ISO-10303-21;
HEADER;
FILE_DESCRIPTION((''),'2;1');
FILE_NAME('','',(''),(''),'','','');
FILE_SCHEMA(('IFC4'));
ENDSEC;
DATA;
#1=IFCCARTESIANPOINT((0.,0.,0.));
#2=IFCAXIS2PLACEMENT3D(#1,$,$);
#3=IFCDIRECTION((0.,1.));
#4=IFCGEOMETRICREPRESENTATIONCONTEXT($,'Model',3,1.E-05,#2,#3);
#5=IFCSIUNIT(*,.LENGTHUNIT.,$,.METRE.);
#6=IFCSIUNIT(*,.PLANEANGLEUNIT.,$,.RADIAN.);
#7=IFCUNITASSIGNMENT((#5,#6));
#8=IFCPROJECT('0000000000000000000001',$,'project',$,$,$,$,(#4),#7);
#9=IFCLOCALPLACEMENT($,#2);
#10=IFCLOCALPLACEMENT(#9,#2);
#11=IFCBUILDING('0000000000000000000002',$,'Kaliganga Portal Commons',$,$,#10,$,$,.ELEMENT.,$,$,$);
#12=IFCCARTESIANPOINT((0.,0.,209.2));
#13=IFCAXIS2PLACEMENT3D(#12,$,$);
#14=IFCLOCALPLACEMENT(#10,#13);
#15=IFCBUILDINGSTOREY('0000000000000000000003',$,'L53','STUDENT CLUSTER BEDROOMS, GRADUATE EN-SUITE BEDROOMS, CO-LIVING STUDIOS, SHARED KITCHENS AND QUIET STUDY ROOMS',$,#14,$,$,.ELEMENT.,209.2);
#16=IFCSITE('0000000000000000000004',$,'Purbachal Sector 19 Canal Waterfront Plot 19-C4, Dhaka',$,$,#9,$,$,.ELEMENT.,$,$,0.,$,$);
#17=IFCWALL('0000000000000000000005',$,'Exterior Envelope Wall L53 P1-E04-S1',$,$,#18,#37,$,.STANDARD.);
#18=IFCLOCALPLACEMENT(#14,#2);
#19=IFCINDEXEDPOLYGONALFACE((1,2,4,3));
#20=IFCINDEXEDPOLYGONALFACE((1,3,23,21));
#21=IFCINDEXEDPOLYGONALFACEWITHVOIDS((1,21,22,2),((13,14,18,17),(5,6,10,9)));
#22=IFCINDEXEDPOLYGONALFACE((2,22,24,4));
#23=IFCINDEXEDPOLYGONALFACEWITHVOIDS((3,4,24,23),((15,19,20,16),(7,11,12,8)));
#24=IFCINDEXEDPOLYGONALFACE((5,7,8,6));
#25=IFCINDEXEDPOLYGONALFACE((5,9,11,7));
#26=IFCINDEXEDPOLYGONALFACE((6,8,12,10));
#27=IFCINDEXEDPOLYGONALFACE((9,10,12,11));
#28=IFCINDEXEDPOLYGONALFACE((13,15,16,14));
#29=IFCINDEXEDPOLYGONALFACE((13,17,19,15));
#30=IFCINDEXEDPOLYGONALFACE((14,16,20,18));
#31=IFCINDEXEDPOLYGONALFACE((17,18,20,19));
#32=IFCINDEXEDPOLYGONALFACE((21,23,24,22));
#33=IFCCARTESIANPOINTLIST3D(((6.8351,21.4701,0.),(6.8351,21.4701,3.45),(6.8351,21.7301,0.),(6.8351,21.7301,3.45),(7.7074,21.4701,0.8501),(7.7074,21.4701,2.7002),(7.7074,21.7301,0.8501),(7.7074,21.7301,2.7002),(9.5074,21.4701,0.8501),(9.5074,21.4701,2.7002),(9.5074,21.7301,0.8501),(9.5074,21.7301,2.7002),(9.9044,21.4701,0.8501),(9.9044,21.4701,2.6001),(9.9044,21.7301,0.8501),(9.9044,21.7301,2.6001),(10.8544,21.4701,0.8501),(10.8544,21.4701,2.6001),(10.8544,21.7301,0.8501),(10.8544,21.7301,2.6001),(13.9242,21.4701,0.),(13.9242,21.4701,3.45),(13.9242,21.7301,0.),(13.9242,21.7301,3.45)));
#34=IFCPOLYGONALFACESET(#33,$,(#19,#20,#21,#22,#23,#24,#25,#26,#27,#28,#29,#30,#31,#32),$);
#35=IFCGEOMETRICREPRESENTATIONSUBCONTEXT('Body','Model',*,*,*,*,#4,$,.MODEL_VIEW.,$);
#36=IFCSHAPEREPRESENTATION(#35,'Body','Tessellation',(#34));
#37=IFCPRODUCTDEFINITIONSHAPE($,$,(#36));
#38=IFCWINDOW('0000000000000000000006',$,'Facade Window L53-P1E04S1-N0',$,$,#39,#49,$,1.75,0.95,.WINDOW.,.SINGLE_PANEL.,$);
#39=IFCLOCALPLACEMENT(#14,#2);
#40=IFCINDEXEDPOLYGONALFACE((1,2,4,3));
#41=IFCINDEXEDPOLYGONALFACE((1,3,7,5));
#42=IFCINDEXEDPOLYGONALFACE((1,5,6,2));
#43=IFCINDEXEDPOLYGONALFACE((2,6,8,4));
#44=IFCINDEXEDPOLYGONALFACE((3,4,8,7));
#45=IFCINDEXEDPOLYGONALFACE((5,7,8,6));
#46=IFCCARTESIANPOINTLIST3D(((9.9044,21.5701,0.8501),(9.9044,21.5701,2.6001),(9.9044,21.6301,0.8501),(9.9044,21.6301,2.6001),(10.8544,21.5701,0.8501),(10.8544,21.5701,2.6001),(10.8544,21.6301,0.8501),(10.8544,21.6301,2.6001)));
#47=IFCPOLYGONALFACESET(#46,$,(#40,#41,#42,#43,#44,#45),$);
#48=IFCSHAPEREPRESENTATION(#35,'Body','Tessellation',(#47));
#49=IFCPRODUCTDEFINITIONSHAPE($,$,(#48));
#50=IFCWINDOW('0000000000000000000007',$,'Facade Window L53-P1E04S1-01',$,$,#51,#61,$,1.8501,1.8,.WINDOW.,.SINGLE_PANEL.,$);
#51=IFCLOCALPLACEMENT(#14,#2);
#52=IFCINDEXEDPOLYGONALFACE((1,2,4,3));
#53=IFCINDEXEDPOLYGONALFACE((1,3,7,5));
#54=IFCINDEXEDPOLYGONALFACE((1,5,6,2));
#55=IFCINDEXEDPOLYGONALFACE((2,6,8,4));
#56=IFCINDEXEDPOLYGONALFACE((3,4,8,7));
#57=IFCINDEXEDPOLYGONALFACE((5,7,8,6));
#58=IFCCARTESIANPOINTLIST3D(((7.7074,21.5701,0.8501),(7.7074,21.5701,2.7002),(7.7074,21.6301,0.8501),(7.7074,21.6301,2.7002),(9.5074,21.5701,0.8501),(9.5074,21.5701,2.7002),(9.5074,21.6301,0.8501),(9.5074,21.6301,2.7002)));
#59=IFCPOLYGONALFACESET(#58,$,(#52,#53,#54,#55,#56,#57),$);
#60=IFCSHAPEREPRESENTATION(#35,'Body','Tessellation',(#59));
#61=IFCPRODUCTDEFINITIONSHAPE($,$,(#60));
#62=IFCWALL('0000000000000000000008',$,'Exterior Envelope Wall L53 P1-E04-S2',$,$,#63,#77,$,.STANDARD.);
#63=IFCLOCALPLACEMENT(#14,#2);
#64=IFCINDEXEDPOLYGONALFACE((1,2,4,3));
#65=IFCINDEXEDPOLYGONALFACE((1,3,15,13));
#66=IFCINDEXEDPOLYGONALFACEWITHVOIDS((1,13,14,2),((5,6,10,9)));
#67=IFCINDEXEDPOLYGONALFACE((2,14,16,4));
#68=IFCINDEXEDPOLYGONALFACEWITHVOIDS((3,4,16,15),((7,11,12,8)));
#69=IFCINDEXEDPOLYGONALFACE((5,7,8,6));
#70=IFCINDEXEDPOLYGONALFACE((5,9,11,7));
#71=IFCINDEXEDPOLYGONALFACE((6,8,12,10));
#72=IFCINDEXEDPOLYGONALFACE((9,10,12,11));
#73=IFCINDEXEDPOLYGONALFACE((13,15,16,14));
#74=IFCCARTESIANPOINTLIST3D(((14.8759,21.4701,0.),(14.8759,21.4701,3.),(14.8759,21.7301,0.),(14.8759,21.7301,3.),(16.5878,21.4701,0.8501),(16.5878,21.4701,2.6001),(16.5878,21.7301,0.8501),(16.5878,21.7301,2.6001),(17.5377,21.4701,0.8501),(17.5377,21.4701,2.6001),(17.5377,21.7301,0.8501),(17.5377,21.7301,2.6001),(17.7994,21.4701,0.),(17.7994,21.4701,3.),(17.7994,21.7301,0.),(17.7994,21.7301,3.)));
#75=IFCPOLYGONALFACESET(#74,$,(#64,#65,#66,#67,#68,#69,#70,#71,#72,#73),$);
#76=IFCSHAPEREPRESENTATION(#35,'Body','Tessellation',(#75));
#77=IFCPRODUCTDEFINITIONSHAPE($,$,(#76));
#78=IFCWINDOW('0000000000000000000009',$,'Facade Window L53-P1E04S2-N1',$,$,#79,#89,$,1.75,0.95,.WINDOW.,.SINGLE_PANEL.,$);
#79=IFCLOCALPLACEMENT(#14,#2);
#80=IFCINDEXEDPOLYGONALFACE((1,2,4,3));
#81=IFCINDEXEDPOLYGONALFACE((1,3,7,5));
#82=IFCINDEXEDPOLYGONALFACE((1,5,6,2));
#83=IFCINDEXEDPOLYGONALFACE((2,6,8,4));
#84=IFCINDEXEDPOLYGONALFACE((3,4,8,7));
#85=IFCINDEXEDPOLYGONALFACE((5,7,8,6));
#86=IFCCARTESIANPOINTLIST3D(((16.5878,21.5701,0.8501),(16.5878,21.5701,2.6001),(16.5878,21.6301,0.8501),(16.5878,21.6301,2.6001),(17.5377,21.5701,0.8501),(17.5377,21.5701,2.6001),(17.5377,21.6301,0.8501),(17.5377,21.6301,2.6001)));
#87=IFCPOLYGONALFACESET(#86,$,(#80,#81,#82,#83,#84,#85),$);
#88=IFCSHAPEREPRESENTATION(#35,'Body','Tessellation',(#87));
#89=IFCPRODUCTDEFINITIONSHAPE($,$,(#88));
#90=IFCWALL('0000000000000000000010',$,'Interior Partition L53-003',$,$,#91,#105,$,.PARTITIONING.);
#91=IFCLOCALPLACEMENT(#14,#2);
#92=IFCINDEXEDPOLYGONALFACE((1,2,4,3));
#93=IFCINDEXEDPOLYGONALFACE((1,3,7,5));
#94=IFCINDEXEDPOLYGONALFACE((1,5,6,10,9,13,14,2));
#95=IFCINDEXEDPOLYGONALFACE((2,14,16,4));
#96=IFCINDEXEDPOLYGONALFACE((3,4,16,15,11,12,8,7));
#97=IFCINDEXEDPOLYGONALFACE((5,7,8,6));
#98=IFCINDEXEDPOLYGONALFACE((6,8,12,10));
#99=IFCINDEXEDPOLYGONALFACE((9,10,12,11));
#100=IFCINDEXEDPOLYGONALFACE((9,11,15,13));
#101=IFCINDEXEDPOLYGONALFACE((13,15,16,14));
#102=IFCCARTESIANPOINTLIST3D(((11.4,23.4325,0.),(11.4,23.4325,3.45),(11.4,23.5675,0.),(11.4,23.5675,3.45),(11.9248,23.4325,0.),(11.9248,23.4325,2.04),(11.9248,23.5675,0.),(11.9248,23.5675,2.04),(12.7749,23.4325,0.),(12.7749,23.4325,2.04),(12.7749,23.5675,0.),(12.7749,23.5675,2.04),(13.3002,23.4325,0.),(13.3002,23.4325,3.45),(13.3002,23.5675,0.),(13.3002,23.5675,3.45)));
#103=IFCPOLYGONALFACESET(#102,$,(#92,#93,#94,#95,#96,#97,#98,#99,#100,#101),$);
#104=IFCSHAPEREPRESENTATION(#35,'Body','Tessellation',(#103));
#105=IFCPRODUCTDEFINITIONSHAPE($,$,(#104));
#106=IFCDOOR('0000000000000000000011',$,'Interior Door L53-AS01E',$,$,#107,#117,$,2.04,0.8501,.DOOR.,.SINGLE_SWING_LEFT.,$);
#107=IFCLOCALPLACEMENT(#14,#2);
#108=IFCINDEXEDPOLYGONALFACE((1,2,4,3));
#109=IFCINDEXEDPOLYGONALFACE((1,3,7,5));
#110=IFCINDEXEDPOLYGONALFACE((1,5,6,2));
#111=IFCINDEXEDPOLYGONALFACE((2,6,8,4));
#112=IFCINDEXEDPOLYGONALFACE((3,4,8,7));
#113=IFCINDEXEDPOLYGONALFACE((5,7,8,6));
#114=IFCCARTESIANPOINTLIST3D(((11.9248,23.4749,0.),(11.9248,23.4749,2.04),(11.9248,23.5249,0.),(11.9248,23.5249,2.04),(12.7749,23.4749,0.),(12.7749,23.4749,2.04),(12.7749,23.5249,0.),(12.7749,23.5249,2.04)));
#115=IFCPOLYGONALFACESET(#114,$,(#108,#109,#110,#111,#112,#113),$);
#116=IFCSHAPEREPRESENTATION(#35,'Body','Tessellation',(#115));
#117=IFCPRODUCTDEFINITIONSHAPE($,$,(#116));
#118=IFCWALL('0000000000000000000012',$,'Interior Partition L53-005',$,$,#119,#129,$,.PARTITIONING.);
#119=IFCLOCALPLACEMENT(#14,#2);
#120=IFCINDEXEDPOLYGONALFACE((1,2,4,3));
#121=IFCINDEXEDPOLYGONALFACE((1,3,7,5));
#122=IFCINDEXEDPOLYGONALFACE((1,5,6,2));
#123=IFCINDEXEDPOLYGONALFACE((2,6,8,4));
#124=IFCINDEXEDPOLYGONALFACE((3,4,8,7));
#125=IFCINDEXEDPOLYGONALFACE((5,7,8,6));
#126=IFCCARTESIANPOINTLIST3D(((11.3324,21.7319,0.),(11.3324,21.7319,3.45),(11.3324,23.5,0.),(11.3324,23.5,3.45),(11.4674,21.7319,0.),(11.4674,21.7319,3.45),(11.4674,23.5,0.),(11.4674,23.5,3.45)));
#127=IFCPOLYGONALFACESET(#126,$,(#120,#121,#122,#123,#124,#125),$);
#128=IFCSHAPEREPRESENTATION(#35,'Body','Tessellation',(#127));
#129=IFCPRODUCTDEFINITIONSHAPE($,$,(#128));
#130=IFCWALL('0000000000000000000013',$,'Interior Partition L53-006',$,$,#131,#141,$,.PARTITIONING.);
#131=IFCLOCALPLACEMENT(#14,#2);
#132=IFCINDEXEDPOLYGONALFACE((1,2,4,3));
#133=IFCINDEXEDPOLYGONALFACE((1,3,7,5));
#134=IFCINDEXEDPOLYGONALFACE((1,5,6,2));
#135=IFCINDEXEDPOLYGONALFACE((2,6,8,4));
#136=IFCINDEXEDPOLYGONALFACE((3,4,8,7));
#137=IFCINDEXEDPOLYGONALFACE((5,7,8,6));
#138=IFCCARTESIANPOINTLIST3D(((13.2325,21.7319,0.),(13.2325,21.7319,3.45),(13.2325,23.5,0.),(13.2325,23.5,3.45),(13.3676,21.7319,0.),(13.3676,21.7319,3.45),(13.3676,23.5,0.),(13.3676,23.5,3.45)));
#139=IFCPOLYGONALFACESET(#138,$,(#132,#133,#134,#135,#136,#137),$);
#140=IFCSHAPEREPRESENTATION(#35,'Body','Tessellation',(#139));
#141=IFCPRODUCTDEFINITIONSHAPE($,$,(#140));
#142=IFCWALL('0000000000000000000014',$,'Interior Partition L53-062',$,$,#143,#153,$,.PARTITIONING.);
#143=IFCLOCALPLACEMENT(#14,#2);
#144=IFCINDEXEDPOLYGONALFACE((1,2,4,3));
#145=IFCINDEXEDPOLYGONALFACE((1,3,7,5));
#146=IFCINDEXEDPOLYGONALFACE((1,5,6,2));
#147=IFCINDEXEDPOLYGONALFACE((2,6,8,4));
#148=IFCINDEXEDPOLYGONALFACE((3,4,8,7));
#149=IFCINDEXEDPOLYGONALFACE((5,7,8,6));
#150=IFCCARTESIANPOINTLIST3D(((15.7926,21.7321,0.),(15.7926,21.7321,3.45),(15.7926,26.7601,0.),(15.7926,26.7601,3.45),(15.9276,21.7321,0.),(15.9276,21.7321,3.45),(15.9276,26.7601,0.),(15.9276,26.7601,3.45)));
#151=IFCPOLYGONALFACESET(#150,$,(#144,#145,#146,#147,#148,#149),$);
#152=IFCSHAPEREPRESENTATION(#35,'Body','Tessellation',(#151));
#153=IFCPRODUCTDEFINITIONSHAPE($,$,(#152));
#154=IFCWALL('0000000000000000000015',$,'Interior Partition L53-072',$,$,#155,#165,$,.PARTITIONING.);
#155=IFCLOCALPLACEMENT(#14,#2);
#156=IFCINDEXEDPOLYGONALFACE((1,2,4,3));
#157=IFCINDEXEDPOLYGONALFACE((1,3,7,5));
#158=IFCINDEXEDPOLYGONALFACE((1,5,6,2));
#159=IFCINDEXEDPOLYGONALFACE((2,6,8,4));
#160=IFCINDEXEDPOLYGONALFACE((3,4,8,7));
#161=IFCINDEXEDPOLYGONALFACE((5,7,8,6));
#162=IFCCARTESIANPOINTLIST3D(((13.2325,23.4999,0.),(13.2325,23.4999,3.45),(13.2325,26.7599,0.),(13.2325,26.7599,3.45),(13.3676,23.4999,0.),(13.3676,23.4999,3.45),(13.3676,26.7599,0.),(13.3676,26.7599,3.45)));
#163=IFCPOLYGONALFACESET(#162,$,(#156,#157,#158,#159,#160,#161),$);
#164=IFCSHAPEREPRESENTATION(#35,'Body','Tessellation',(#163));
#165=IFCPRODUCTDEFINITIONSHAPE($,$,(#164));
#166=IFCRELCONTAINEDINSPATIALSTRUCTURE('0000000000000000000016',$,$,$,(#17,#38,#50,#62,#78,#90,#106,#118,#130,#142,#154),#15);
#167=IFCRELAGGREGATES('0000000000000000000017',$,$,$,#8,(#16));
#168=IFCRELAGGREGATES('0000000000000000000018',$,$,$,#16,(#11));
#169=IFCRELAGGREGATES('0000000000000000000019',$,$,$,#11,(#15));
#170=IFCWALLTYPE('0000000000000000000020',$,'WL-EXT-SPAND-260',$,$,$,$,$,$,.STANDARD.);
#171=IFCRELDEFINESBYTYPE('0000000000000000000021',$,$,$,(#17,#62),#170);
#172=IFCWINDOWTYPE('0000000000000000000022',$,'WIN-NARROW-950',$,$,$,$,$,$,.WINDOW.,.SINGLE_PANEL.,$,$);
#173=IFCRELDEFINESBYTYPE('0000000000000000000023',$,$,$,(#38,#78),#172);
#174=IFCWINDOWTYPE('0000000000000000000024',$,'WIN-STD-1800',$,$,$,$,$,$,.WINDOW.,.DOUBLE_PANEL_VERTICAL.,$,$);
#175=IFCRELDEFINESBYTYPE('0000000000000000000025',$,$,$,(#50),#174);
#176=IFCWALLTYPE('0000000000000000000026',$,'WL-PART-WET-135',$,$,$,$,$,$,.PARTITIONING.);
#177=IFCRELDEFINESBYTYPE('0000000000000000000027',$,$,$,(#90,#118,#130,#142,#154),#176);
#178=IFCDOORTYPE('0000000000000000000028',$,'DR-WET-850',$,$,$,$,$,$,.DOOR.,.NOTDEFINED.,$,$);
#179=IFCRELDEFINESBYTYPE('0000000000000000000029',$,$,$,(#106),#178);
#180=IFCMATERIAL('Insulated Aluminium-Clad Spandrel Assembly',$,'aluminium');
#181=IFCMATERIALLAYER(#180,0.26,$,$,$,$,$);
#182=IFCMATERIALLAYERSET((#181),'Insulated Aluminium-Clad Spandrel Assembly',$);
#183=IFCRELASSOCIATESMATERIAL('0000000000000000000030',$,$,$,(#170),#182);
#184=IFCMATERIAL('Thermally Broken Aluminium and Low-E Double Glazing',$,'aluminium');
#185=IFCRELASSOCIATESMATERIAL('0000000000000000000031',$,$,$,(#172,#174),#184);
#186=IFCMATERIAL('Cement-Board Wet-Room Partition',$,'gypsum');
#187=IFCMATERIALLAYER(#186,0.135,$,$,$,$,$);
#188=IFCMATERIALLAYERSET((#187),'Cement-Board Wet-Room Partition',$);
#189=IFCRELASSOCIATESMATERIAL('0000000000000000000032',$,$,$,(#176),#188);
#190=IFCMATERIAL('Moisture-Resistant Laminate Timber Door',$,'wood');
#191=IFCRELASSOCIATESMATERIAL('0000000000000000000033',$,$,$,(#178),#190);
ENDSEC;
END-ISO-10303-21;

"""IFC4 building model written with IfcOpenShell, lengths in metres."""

from ifc_helpers import new_model, si_unit, direction, frame, frame_2d, origin, place, context, subcontext, project, spatial, rectangle, extrude, material, layer, layer_set, type_object, element, fill, save


model = new_model("IFC4")

# Units and contexts
model_context = context("Model", 3, precision=1e-05, world=origin(), true_north=direction((0.0, 1.0)))
body_context = subcontext(model_context, "Body", "Model", "MODEL_VIEW")
ifc_project = project(units=[si_unit("LENGTHUNIT", "METRE"), si_unit("PLANEANGLEUNIT", "RADIAN")], contexts=[model_context])

# Site, building, storey
site_placement = place(None, origin())
site = spatial("IfcSite", under=ifc_project, at=site_placement, Name="Purbachal Sector 19 Canal Waterfront Plot 19-C4, Dhaka", CompositionType="ELEMENT", RefElevation=0.0)
building_placement = place(site_placement, origin())
building = spatial("IfcBuilding", under=site, at=building_placement, Name="Kaliganga Portal Commons", CompositionType="ELEMENT")
storey_placement = place(building_placement, frame((0.0, 0.0, 209.2)))
storey = spatial("IfcBuildingStorey", under=building, at=storey_placement, Name="L53", Description="STUDENT CLUSTER BEDROOMS, GRADUATE EN-SUITE BEDROOMS, CO-LIVING STUDIOS, SHARED KITCHENS AND QUIET STUDY ROOMS", CompositionType="ELEMENT", Elevation=209.2)

# Wall, openings, windows
ifc_material_1 = material(Name="Insulated Aluminium-Clad Spandrel Assembly", Category="aluminium")
ifc_layer_1 = layer(ifc_material_1, 0.26)
ifc_layer_set_1 = layer_set([ifc_layer_1], Name="Insulated Aluminium-Clad Spandrel Assembly")
wall_type_1 = type_object("IfcWallType", Name="WL-EXT-SPAND-260", PredefinedType="STANDARD", material=ifc_layer_set_1)
ifc_material_2 = material(Name="Thermally Broken Aluminium and Low-E Double Glazing", Category="aluminium")
window_type_1 = type_object("IfcWindowType", Name="WIN-NARROW-950", PartitioningType="SINGLE_PANEL", PredefinedType="WINDOW", material=ifc_material_2)
window_type_2 = type_object("IfcWindowType", Name="WIN-STD-1800", PartitioningType="DOUBLE_PANEL_VERTICAL", PredefinedType="WINDOW", material=ifc_material_2)
wall_1_placement = place(storey_placement, frame((13.9241, 21.6001, 0.0), z_axis=(0.0, 0.0, 1.0), x_axis=(-1.0, 0.0, 0.0)))
wall_1 = element("IfcWall", 1, at=wall_1_placement, inside=storey, type_object=wall_type_1, Name="Exterior Envelope Wall L53 P1-E04-S1", PredefinedType="STANDARD", context=body_context, shape_type="SweptSolid", body=[
    extrude(rectangle(XDim=7.0891, YDim=0.26, at=frame_2d((3.5444, 0.0))), origin(), (0.0, 0.0, 1.0), 3.45),
])
opening_1_placement = place(wall_1_placement, frame((4.4167, 0.0, 0.8501)))
opening_1 = element("IfcOpeningElement", 2, at=opening_1_placement, cuts=wall_1, PredefinedType="OPENING", context=body_context, shape_type="SweptSolid", body=[
    extrude(rectangle(XDim=1.8, YDim=1.8501, at=frame_2d((0.8999, 0.925))), frame((0.0, 0.1401, 0.0), z_axis=(0.0, -1.0, 0.0), x_axis=(1.0, 0.0, 0.0)), (0.0, 0.0, 1.0), 0.28),
])
opening_2_placement = place(wall_1_placement, frame((3.0696, 0.0, 0.8501)))
opening_2 = element("IfcOpeningElement", 3, at=opening_2_placement, cuts=wall_1, PredefinedType="OPENING", context=body_context, shape_type="SweptSolid", body=[
    extrude(rectangle(XDim=0.95, YDim=1.75, at=frame_2d((0.4751, 0.875))), frame((0.0, 0.1401, 0.0), z_axis=(0.0, -1.0, 0.0), x_axis=(1.0, 0.0, 0.0)), (0.0, 0.0, 1.0), 0.28),
])
window_1_placement = place(opening_2_placement, origin())
window_1 = element("IfcWindow", 4, at=window_1_placement, inside=storey, type_object=window_type_1, Name="Facade Window L53-P1E04S1-N0", OverallHeight=1.75, OverallWidth=0.95, PartitioningType="SINGLE_PANEL", PredefinedType="WINDOW", context=body_context, shape_type="SweptSolid", body=[
    extrude(rectangle(XDim=0.95, YDim=1.75, at=frame_2d((0.4751, 0.875))), frame((0.0, 0.03, 0.0), z_axis=(0.0, -1.0, 0.0), x_axis=(1.0, 0.0, 0.0)), (0.0, 0.0, 1.0), 0.0601),
])
fill(opening_2, window_1)
window_2_placement = place(opening_1_placement, origin())
window_2 = element("IfcWindow", 5, at=window_2_placement, inside=storey, type_object=window_type_2, Name="Facade Window L53-P1E04S1-01", OverallHeight=1.8501, OverallWidth=1.8, PartitioningType="SINGLE_PANEL", PredefinedType="WINDOW", context=body_context, shape_type="SweptSolid", body=[
    extrude(rectangle(XDim=1.8, YDim=1.8501, at=frame_2d((0.8999, 0.925))), frame((0.0, 0.03, 0.0), z_axis=(0.0, -1.0, 0.0), x_axis=(1.0, 0.0, 0.0)), (0.0, 0.0, 1.0), 0.0601),
])
fill(opening_1, window_2)

# Wall, opening, window
wall_2_placement = place(storey_placement, frame((17.7996, 21.6001, 0.0), z_axis=(0.0, 0.0, 1.0), x_axis=(-1.0, 0.0, 0.0)))
wall_2 = element("IfcWall", 6, at=wall_2_placement, inside=storey, type_object=wall_type_1, Name="Exterior Envelope Wall L53 P1-E04-S2", PredefinedType="STANDARD", context=body_context, shape_type="SweptSolid", body=[
    extrude(rectangle(XDim=2.9236, YDim=0.26, at=frame_2d((1.4619, 0.0))), origin(), (0.0, 0.0, 1.0), 3.0),
])
opening_3_placement = place(wall_2_placement, frame((0.2617, 0.0, 0.8501)))
opening_3 = element("IfcOpeningElement", 7, at=opening_3_placement, cuts=wall_2, PredefinedType="OPENING", context=body_context, shape_type="SweptSolid", body=[
    extrude(rectangle(XDim=0.95, YDim=1.75, at=frame_2d((0.4751, 0.875))), frame((0.0, 0.1401, 0.0), z_axis=(0.0, -1.0, 0.0), x_axis=(1.0, 0.0, 0.0)), (0.0, 0.0, 1.0), 0.28),
])
window_3_placement = place(opening_3_placement, origin())
window_3 = element("IfcWindow", 8, at=window_3_placement, inside=storey, type_object=window_type_1, Name="Facade Window L53-P1E04S2-N1", OverallHeight=1.75, OverallWidth=0.95, PartitioningType="SINGLE_PANEL", PredefinedType="WINDOW", context=body_context, shape_type="SweptSolid", body=[
    extrude(rectangle(XDim=0.95, YDim=1.75, at=frame_2d((0.4751, 0.875))), frame((0.0, 0.03, 0.0), z_axis=(0.0, -1.0, 0.0), x_axis=(1.0, 0.0, 0.0)), (0.0, 0.0, 1.0), 0.0601),
])
fill(opening_3, window_3)

# Wall, opening, door
ifc_material_3 = material(Name="Cement-Board Wet-Room Partition", Category="gypsum")
ifc_layer_2 = layer(ifc_material_3, 0.135)
ifc_layer_set_2 = layer_set([ifc_layer_2], Name="Cement-Board Wet-Room Partition")
wall_type_2 = type_object("IfcWallType", Name="WL-PART-WET-135", PredefinedType="PARTITIONING", material=ifc_layer_set_2)
wall_3_placement = place(storey_placement, frame((11.3999, 23.5, 0.0), z_axis=(0.0, 0.0, 1.0), x_axis=(1.0, 0.0, 0.0)))
wall_3 = element("IfcWall", 9, at=wall_3_placement, inside=storey, type_object=wall_type_2, Name="Interior Partition L53-003", PredefinedType="PARTITIONING", context=body_context, shape_type="SweptSolid", body=[
    extrude(rectangle(XDim=1.9001, YDim=0.135, at=frame_2d((0.9502, 0.0))), origin(), (0.0, 0.0, 1.0), 3.45),
])
opening_4_placement = place(wall_3_placement, frame((0.5249, 0.0, 0.0)))
opening_4 = element("IfcOpeningElement", 10, at=opening_4_placement, cuts=wall_3, PredefinedType="OPENING", context=body_context, shape_type="SweptSolid", body=[
    extrude(rectangle(XDim=0.8501, YDim=2.04, at=frame_2d((0.425, 1.02))), frame((0.0, 0.0776, 0.0), z_axis=(0.0, -1.0, 0.0), x_axis=(1.0, 0.0, 0.0)), (0.0, 0.0, 1.0), 0.155),
])
ifc_material_4 = material(Name="Moisture-Resistant Laminate Timber Door", Category="wood")
door_type = type_object("IfcDoorType", Name="DR-WET-850", OperationType="NOTDEFINED", PredefinedType="DOOR", material=ifc_material_4)
door_placement = place(opening_4_placement, origin())
door = element("IfcDoor", 11, at=door_placement, inside=storey, type_object=door_type, Name="Interior Door L53-AS01E", OperationType="SINGLE_SWING_LEFT", OverallHeight=2.04, OverallWidth=0.8501, PredefinedType="DOOR", context=body_context, shape_type="SweptSolid", body=[
    extrude(rectangle(XDim=0.8501, YDim=2.04, at=frame_2d((0.425, 1.02))), frame((0.0, 0.0249, 0.0), z_axis=(0.0, -1.0, 0.0), x_axis=(1.0, 0.0, 0.0)), (0.0, 0.0, 1.0), 0.05),
])
fill(opening_4, door)

# Walls
for number, where, z_axis, x_axis, name in (
    (12, (11.3999, 21.7319, 0.0), (0.0, 0.0, 1.0), (0.0, 1.0, 0.0), "Interior Partition L53-005"),
    (13, (13.3, 21.7319, 0.0), (0.0, 0.0, 1.0), (0.0, 1.0, 0.0), "Interior Partition L53-006"),
):
    element("IfcWall", number, at=place(storey_placement, frame(where, z_axis=z_axis, x_axis=x_axis)), inside=storey, type_object=wall_type_2, Name=name, PredefinedType="PARTITIONING", context=body_context, shape_type="SweptSolid", body=[
        extrude(rectangle(XDim=1.7681, YDim=0.135, at=frame_2d((0.884, 0.0))), origin(), (0.0, 0.0, 1.0), 3.45),
    ])
wall_4_placement = place(storey_placement, frame((15.8601, 21.7319, 0.0), z_axis=(0.0, 0.0, 1.0), x_axis=(0.0, 1.0, 0.0)))
element("IfcWall", 14, at=wall_4_placement, inside=storey, type_object=wall_type_2, Name="Interior Partition L53-062", PredefinedType="PARTITIONING", context=body_context, shape_type="SweptSolid", body=[
    extrude(rectangle(XDim=5.0281, YDim=0.135, at=frame_2d((2.5142, 0.0))), origin(), (0.0, 0.0, 1.0), 3.45),
])
wall_5_placement = place(storey_placement, frame((13.3, 23.5, 0.0), z_axis=(0.0, 0.0, 1.0), x_axis=(0.0, 1.0, 0.0)))
element("IfcWall", 15, at=wall_5_placement, inside=storey, type_object=wall_type_2, Name="Interior Partition L53-072", PredefinedType="PARTITIONING", context=body_context, shape_type="SweptSolid", body=[
    extrude(rectangle(XDim=3.26, YDim=0.135, at=frame_2d((1.6299, 0.0))), origin(), (0.0, 0.0, 1.0), 3.45),
])

save(model, "model.ifc")
